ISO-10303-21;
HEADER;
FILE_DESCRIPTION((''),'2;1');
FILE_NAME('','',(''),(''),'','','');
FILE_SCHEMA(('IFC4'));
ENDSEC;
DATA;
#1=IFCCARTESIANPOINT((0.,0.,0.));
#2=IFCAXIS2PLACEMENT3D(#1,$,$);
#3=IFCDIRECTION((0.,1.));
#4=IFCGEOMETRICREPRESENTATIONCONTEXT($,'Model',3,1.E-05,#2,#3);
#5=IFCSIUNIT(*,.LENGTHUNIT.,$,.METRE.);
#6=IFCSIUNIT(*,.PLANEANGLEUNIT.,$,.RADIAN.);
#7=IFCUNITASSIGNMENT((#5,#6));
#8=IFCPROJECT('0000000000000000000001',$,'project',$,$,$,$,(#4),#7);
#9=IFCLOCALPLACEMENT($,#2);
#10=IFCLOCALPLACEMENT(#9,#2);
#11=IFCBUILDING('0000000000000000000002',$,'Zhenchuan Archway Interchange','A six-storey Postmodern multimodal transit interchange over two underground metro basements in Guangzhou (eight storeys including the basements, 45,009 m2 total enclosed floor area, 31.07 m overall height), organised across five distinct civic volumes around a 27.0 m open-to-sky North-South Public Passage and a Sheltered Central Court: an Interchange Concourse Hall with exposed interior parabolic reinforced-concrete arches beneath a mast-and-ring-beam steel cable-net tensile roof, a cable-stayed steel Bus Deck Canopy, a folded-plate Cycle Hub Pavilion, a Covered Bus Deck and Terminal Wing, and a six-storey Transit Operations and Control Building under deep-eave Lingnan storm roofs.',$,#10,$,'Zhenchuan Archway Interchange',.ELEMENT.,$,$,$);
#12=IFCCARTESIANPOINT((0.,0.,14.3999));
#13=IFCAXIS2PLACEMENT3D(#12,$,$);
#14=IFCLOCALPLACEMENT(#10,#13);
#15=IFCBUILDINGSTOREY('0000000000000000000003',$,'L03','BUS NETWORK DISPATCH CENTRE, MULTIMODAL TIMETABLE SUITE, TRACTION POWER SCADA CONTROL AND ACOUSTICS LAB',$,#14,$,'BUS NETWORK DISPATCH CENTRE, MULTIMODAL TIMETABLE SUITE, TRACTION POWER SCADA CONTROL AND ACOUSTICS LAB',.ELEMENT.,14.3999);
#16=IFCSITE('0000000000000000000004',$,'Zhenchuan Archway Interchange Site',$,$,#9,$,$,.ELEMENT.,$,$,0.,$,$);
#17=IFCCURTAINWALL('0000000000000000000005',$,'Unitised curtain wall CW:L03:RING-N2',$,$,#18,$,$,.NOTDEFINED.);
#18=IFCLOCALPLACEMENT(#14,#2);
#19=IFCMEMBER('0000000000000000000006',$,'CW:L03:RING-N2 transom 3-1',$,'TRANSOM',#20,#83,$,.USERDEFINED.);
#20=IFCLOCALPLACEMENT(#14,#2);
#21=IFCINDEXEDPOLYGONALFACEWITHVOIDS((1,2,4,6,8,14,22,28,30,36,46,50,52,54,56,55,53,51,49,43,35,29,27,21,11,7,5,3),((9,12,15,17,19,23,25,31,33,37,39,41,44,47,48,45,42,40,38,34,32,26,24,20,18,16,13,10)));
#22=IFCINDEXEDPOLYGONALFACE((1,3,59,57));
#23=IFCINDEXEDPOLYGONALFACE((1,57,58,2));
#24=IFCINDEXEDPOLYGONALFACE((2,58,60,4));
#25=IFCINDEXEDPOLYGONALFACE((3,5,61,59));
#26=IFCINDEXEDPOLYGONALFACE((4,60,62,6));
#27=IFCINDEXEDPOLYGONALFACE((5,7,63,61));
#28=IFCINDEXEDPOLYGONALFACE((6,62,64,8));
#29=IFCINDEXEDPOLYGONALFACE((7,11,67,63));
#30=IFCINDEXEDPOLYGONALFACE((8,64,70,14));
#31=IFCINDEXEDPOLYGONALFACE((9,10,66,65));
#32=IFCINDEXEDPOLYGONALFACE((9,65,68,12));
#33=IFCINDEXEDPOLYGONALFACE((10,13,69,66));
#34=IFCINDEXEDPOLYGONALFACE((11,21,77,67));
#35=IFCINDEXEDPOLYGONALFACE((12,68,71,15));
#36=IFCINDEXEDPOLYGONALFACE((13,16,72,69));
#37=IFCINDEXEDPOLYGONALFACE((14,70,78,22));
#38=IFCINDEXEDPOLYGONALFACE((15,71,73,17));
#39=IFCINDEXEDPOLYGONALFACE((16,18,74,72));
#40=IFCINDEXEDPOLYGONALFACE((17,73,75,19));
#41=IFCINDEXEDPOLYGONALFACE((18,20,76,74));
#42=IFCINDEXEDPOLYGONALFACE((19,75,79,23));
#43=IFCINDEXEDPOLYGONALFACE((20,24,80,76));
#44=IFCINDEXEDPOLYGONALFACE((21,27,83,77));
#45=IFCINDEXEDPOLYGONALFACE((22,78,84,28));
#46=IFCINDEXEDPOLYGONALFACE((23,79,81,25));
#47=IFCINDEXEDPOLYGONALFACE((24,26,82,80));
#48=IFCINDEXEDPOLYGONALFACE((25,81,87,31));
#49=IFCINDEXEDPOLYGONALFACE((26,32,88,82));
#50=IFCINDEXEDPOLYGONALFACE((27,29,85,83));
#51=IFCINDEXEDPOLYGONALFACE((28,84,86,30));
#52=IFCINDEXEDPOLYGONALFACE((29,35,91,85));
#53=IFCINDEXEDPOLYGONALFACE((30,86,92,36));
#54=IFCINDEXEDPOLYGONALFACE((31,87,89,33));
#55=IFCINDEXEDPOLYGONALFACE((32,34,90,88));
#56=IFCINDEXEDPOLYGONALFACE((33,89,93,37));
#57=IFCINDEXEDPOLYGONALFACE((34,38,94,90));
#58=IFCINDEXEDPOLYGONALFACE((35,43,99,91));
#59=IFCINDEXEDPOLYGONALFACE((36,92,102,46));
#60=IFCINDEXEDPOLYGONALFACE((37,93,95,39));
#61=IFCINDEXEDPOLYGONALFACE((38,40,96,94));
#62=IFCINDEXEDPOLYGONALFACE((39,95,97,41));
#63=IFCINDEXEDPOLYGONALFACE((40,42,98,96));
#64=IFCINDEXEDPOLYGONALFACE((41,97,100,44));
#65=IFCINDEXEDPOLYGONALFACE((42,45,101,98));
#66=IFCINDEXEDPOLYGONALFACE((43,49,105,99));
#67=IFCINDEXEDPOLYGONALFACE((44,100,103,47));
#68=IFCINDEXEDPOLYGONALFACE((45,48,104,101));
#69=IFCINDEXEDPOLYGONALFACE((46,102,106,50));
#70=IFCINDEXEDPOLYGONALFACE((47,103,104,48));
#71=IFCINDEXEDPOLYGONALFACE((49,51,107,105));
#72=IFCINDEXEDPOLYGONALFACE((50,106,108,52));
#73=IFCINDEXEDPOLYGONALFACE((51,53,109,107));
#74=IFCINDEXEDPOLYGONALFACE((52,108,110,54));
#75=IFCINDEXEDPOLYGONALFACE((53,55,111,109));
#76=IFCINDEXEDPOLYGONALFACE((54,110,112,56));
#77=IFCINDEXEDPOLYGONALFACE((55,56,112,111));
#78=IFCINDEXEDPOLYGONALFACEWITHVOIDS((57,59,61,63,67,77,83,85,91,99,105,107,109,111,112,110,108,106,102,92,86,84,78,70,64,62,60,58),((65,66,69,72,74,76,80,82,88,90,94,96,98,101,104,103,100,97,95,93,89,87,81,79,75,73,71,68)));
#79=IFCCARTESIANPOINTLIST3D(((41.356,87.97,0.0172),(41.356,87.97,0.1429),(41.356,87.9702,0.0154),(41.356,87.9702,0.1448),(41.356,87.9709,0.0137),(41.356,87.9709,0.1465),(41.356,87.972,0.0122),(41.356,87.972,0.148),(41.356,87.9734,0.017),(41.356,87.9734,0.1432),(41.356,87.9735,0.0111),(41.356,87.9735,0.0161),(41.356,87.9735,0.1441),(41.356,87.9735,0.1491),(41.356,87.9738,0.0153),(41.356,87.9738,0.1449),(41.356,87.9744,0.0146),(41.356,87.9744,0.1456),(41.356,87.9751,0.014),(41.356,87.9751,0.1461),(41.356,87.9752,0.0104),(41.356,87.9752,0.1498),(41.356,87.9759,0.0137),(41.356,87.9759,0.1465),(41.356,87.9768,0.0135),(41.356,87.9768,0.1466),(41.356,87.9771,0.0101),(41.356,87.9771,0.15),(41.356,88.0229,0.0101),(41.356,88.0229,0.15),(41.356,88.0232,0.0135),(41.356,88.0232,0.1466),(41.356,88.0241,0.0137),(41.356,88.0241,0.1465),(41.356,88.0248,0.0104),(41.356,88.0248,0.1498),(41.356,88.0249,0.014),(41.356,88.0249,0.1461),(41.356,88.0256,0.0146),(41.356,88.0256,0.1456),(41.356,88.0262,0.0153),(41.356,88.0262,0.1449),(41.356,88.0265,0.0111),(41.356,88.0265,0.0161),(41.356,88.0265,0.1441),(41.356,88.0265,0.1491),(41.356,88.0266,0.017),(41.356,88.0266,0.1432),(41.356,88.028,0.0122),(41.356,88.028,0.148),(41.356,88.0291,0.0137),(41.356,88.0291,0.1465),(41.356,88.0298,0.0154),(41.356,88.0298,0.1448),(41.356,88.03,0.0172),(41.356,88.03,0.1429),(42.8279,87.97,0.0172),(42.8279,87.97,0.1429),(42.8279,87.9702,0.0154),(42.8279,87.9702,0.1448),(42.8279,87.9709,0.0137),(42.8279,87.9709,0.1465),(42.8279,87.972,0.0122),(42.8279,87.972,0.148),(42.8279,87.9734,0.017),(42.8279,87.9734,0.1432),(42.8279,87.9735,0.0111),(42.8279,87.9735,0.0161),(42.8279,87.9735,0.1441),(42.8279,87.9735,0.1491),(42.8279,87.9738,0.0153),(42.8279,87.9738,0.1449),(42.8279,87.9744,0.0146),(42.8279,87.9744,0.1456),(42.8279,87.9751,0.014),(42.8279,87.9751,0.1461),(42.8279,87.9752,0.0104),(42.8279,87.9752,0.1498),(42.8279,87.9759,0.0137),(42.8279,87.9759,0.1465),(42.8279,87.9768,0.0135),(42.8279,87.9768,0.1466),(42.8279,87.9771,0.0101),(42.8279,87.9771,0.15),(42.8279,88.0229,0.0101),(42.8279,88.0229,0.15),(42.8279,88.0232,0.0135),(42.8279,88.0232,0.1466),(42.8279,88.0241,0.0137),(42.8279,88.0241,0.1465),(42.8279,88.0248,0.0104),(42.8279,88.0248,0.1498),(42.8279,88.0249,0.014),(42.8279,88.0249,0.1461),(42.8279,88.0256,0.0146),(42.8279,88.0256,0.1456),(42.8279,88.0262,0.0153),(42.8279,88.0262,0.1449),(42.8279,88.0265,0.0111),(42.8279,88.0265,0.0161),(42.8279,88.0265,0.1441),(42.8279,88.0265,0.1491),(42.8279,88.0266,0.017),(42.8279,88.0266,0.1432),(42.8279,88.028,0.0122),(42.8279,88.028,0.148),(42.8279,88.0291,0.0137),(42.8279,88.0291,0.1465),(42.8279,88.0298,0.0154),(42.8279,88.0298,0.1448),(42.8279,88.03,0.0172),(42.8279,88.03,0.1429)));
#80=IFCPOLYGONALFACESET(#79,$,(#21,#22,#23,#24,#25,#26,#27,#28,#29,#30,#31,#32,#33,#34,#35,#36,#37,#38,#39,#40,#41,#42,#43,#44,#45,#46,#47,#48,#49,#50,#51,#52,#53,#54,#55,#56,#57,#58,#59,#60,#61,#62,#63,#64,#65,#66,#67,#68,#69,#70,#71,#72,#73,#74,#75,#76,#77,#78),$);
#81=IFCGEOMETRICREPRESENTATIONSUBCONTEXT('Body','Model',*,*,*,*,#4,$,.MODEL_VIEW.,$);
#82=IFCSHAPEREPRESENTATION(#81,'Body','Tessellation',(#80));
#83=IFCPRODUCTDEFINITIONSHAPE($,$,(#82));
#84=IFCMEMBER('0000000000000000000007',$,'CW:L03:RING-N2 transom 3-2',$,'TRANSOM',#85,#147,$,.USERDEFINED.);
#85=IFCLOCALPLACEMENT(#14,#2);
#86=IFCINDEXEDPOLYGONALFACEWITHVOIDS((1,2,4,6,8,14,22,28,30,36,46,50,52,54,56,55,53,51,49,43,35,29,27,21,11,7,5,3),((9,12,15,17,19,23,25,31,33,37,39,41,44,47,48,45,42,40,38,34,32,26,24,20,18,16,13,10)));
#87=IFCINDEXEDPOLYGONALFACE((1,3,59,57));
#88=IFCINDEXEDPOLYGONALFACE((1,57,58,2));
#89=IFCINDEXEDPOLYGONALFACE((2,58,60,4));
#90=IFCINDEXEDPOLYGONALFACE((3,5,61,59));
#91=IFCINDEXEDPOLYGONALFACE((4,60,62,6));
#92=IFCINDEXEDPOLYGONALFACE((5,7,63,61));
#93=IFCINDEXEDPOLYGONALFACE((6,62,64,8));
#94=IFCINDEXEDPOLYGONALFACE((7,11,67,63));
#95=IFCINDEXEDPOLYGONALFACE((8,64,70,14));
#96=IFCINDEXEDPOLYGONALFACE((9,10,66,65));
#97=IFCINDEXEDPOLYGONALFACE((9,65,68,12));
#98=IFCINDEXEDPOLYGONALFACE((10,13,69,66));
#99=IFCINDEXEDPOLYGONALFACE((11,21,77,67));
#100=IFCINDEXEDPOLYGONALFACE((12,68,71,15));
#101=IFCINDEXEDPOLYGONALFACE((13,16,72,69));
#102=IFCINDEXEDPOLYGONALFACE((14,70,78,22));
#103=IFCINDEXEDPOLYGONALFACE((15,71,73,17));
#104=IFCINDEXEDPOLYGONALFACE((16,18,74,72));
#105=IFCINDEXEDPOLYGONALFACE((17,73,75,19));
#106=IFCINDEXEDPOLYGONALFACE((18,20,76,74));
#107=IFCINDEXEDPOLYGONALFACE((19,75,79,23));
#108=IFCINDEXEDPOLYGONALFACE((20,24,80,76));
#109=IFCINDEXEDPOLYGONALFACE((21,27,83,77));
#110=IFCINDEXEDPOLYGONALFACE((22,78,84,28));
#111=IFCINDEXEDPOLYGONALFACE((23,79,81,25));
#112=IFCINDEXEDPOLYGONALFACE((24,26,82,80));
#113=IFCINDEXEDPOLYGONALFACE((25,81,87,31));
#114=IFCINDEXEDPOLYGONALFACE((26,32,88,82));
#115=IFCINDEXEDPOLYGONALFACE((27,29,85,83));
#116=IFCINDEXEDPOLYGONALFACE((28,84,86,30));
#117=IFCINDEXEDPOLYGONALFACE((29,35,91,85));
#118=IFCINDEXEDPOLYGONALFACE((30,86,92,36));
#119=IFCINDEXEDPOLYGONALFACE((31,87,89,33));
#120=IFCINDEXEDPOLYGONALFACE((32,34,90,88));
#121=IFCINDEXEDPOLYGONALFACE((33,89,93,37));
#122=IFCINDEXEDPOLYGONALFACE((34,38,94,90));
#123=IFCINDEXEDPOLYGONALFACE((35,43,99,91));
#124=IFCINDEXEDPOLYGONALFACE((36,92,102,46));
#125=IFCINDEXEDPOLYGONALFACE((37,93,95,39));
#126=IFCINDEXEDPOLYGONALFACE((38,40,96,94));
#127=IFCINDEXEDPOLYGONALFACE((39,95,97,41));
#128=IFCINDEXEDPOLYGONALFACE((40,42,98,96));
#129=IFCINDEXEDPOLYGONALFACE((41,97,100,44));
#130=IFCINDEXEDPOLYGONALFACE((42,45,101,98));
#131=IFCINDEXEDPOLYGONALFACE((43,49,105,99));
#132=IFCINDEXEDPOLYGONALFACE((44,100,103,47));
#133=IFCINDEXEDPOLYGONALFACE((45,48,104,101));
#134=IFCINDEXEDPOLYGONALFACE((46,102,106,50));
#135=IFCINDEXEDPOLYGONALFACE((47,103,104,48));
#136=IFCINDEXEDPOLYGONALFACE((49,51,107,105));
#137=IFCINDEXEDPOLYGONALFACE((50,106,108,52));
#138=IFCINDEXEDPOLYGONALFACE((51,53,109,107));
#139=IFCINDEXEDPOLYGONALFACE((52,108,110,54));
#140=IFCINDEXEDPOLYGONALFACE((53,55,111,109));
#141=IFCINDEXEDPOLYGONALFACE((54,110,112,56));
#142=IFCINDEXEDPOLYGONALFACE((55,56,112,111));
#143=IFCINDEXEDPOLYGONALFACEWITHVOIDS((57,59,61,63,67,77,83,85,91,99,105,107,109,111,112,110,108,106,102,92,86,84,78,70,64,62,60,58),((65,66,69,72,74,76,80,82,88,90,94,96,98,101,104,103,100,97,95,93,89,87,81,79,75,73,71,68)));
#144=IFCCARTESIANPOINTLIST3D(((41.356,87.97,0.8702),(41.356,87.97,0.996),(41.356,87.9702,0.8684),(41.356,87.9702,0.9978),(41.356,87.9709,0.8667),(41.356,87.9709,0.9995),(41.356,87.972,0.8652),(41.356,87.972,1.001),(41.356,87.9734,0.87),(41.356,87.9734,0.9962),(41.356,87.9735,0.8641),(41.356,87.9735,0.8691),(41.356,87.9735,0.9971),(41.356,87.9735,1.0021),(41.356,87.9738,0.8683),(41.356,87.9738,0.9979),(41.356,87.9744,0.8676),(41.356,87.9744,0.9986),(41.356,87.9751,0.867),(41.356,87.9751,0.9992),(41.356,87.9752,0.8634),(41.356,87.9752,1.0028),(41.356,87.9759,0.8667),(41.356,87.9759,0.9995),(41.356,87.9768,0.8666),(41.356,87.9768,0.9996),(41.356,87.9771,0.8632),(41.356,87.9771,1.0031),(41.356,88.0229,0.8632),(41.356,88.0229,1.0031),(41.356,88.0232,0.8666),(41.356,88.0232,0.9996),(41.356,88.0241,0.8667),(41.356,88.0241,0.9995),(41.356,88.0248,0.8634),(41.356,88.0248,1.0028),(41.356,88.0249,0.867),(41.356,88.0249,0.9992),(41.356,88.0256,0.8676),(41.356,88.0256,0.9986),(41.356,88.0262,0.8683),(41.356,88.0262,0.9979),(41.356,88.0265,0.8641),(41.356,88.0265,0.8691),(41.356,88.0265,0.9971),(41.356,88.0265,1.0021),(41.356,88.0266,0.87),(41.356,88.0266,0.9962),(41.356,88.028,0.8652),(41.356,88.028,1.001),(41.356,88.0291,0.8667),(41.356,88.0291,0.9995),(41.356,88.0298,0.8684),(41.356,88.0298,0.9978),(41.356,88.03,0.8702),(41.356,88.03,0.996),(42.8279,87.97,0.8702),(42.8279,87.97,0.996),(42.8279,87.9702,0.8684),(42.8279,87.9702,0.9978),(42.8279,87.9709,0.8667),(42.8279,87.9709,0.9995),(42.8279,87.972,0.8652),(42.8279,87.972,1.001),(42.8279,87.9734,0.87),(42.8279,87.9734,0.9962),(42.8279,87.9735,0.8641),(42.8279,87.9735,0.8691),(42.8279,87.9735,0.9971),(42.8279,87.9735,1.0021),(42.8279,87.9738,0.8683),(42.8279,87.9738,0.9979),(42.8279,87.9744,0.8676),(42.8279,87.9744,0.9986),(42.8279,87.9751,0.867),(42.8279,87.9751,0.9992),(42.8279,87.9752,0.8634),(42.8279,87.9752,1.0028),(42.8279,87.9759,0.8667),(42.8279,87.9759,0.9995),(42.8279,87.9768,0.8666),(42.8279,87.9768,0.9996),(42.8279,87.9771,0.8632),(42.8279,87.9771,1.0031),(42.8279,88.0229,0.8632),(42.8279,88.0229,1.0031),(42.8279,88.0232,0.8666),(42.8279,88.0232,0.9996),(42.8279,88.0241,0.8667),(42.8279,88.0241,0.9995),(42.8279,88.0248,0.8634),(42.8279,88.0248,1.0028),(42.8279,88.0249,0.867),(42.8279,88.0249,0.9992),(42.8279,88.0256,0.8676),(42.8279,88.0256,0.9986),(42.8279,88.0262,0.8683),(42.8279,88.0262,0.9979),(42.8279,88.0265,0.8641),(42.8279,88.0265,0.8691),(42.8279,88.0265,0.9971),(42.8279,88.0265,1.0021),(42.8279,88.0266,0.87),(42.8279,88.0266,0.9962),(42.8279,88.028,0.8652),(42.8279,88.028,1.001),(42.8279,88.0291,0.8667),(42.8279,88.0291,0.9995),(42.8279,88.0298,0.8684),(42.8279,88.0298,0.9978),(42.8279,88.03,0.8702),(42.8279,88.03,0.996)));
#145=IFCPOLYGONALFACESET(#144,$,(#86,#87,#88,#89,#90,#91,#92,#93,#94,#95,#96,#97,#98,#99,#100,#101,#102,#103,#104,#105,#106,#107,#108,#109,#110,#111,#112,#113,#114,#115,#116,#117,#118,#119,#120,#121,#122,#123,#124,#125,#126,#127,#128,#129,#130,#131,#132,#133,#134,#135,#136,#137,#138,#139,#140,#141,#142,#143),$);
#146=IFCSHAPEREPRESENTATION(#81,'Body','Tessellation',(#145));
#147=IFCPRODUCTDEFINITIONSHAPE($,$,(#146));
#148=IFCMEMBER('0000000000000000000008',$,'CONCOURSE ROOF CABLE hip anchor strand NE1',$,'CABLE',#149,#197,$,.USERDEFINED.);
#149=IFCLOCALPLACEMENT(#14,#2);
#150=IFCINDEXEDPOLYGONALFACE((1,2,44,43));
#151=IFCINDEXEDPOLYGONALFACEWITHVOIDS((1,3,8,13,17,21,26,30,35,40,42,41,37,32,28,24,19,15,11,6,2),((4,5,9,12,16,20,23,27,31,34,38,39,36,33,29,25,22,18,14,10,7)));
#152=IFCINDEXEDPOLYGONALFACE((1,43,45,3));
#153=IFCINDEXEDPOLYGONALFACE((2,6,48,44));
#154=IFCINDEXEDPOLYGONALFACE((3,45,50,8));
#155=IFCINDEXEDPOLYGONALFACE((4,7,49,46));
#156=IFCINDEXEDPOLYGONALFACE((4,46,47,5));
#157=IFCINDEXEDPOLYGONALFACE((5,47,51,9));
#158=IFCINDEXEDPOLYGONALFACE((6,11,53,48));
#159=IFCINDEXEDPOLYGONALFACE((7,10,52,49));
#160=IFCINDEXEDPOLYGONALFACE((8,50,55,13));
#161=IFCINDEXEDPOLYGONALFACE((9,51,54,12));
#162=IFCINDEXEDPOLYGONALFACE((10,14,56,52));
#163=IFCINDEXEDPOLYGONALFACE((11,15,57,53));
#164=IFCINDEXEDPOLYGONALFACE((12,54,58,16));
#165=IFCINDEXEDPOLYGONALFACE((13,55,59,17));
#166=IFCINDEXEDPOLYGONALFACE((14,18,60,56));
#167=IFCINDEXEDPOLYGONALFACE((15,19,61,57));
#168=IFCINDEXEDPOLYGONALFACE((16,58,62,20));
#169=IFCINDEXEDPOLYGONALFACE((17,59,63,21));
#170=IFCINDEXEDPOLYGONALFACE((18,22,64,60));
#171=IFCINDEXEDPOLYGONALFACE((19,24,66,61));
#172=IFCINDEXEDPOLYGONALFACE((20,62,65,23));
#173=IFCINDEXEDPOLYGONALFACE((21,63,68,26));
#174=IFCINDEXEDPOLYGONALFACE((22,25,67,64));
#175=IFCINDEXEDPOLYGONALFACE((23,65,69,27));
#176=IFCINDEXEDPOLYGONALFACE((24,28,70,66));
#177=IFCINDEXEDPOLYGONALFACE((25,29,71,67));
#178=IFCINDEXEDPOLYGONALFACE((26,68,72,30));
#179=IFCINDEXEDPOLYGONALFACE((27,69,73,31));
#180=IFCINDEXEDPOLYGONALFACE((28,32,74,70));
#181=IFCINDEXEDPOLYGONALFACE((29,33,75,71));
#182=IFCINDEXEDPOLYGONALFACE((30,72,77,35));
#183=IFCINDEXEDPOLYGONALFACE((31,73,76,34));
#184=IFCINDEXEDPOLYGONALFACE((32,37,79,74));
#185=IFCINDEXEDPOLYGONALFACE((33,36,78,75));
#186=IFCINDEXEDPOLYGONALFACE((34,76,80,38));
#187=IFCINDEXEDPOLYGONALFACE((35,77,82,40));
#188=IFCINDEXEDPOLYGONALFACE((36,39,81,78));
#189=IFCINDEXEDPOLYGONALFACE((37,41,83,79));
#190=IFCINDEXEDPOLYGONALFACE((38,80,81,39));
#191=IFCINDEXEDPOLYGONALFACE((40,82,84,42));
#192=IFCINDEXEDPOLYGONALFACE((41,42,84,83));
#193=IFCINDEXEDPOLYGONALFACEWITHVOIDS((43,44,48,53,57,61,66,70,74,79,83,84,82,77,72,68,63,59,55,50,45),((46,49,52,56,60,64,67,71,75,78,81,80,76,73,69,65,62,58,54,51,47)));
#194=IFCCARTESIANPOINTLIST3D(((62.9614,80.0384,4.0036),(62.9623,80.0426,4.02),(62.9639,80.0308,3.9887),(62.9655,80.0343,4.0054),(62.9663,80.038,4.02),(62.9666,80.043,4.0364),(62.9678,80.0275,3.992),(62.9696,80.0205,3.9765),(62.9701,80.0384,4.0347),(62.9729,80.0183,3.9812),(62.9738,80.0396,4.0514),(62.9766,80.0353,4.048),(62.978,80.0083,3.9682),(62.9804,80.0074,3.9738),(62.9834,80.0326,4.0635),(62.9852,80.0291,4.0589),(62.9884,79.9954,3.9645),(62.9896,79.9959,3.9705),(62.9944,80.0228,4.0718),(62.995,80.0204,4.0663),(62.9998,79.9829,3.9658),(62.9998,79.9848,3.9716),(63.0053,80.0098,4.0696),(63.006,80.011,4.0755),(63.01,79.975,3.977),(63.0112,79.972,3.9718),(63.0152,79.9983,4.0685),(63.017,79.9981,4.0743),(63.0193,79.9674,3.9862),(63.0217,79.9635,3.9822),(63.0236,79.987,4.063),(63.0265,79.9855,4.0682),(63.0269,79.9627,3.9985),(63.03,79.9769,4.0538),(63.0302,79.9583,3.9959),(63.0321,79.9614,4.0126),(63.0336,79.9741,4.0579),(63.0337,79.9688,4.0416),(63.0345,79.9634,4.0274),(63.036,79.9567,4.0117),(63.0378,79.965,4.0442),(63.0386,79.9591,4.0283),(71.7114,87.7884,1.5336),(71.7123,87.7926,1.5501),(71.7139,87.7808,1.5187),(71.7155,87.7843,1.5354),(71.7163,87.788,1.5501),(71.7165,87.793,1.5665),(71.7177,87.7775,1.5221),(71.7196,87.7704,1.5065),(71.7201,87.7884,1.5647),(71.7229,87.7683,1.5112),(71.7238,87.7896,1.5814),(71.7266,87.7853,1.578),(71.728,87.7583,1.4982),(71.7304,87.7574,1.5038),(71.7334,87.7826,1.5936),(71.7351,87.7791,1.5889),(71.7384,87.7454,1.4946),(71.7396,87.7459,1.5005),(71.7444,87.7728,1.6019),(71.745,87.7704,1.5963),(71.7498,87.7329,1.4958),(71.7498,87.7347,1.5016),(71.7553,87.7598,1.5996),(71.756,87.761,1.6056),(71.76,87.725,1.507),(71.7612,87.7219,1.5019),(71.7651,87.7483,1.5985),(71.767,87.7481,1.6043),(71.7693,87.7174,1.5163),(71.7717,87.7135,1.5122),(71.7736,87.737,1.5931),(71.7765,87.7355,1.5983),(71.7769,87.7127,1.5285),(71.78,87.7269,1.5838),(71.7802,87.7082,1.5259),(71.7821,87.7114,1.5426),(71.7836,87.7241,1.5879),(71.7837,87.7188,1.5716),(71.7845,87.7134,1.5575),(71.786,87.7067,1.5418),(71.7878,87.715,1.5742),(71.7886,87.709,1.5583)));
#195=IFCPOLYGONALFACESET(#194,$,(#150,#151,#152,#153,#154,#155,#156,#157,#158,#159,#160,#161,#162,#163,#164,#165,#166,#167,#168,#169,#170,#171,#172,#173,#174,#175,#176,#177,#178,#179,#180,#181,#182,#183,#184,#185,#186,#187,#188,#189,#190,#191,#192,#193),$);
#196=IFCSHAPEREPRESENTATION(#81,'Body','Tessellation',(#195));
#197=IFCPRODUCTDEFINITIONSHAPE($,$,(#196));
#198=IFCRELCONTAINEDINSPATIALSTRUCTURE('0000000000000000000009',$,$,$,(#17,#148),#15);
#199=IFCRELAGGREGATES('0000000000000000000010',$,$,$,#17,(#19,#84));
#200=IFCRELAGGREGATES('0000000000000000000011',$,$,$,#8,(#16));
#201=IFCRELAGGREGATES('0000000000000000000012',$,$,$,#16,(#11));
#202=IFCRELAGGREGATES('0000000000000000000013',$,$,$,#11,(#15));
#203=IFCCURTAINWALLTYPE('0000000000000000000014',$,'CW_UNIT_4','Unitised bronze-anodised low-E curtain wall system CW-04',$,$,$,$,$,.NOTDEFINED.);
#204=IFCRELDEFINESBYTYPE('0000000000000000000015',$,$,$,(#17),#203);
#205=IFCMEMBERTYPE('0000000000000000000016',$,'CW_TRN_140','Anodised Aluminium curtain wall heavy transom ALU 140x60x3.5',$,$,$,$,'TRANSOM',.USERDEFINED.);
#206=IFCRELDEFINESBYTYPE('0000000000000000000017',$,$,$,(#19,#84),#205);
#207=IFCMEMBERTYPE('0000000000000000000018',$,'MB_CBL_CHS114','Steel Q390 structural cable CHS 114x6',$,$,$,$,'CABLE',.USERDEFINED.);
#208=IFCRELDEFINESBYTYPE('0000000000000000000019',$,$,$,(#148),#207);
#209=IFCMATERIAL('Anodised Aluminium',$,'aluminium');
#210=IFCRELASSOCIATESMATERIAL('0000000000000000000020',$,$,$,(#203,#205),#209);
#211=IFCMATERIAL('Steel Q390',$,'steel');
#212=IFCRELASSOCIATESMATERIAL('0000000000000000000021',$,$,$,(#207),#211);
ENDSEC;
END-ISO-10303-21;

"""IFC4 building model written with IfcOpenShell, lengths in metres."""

from ifc_helpers import new_model, si_unit, direction, frame, origin, origin_2d, place, context, subcontext, project, spatial, hollow_rectangle, hollow_circle, extrude, material, material_profile, profile_set, type_object, element, aggregate, save


model = new_model("IFC4")

# Units and contexts
model_context = context("Model", 3, precision=1e-05, world=origin(), true_north=direction((0.0, 1.0)))
body_context = subcontext(model_context, "Body", "Model", "MODEL_VIEW")
ifc_project = project(units=[si_unit("LENGTHUNIT", "METRE"), si_unit("PLANEANGLEUNIT", "RADIAN")], contexts=[model_context])

# Site, building, storey
site_placement = place(None, origin())
site = spatial("IfcSite", under=ifc_project, at=site_placement, Name="Zhenchuan Archway Interchange Site", CompositionType="ELEMENT", RefElevation=0.0)
building_placement = place(site_placement, origin())
building = spatial("IfcBuilding", under=site, at=building_placement, Name="Zhenchuan Archway Interchange", Description="A six-storey Postmodern multimodal transit interchange over two underground metro basements in Guangzhou (eight storeys including the basements, 45,009 m2 total enclosed floor area, 31.07 m overall height), organised across five distinct civic volumes around a 27.0 m open-to-sky North-South Public Passage and a Sheltered Central Court: an Interchange Concourse Hall with exposed interior parabolic reinforced-concrete arches beneath a mast-and-ring-beam steel cable-net tensile roof, a cable-stayed steel Bus Deck Canopy, a folded-plate Cycle Hub Pavilion, a Covered Bus Deck and Terminal Wing, and a six-storey Transit Operations and Control Building under deep-eave Lingnan storm roofs.", LongName="Zhenchuan Archway Interchange", CompositionType="ELEMENT")
storey_placement = place(building_placement, frame((0.0, 0.0, 14.3999)))
storey = spatial("IfcBuildingStorey", under=building, at=storey_placement, Name="L03", Description="BUS NETWORK DISPATCH CENTRE, MULTIMODAL TIMETABLE SUITE, TRACTION POWER SCADA CONTROL AND ACOUSTICS LAB", LongName="BUS NETWORK DISPATCH CENTRE, MULTIMODAL TIMETABLE SUITE, TRACTION POWER SCADA CONTROL AND ACOUSTICS LAB", CompositionType="ELEMENT", Elevation=14.3999)

# Shared definitions
ifc_material_1 = material(Name="Steel Q390", Category="steel")

# Curtain wall, members
ifc_material_2 = material(Name="Anodised Aluminium", Category="aluminium")
curtain_wall_type = type_object("IfcCurtainWallType", Name="CW_UNIT_4", Description="Unitised bronze-anodised low-E curtain wall system CW-04", PredefinedType="NOTDEFINED", material=ifc_material_2)
curtain_wall_placement = place(storey_placement, origin())
curtain_wall = element("IfcCurtainWall", 1, at=curtain_wall_placement, inside=storey, type_object=curtain_wall_type, Name="Unitised curtain wall CW:L03:RING-N2", PredefinedType="NOTDEFINED")
ifc_material_profile_1 = material_profile(ifc_material_2, hollow_rectangle(XDim=0.0601, YDim=0.1399, WallThickness=0.0034, InnerFilletRadius=0.0034, OuterFilletRadius=0.0071, at=origin_2d()), Name="ALU 140x60x3.5")
ifc_profile_set_1 = profile_set([ifc_material_profile_1], Name="Anodised Aluminium")
member_type_1 = type_object("IfcMemberType", Name="CW_TRN_140", Description="Anodised Aluminium curtain wall heavy transom ALU 140x60x3.5", ElementType="TRANSOM", PredefinedType="USERDEFINED", material=ifc_profile_set_1)
member_1_placement = place(storey_placement, frame((41.356, 88.0, 0.0801), z_axis=(1.0, 0.0, 0.0), x_axis=(0.0, 1.0, 0.0)))
member_1 = element("IfcMember", 2, at=member_1_placement, type_object=member_type_1, Name="CW:L03:RING-N2 transom 3-1", ObjectType="TRANSOM", PredefinedType="USERDEFINED", context=body_context, shape_type="SweptSolid", body=[
    extrude(hollow_rectangle(XDim=0.0601, YDim=0.1399, WallThickness=0.0034, InnerFilletRadius=0.0034, OuterFilletRadius=0.0071, at=origin_2d()), origin(), (0.0, 0.0, 1.0), 1.4719),
])
member_2_placement = place(storey_placement, frame((41.356, 88.0, 0.9331), z_axis=(1.0, 0.0, 0.0), x_axis=(0.0, 1.0, 0.0)))
member_2 = element("IfcMember", 3, at=member_2_placement, type_object=member_type_1, Name="CW:L03:RING-N2 transom 3-2", ObjectType="TRANSOM", PredefinedType="USERDEFINED", context=body_context, shape_type="SweptSolid", body=[
    extrude(hollow_rectangle(XDim=0.0601, YDim=0.1399, WallThickness=0.0034, InnerFilletRadius=0.0034, OuterFilletRadius=0.0071, at=origin_2d()), origin(), (0.0, 0.0, 1.0), 1.4719),
])

# Member
ifc_material_profile_2 = material_profile(ifc_material_1, hollow_circle(Radius=0.0569, WallThickness=0.0061, at=origin_2d()), Name="CHS 114x6")
ifc_profile_set_2 = profile_set([ifc_material_profile_2], Name="Steel Q390")
member_type_2 = type_object("IfcMemberType", Name="MB_CBL_CHS114", Description="Steel Q390 structural cable CHS 114x6", ElementType="CABLE", PredefinedType="USERDEFINED", material=ifc_profile_set_2)
member_3_placement = place(storey_placement, frame((63.0, 80.0, 4.02), z_axis=(0.732414, 0.64871, -0.206748), x_axis=(-0.663035, 0.748588, 0.0)))
element("IfcMember", 4, at=member_3_placement, inside=storey, type_object=member_type_2, Name="CONCOURSE ROOF CABLE hip anchor strand NE1", ObjectType="CABLE", PredefinedType="USERDEFINED", context=body_context, shape_type="SweptSolid", body=[
    extrude(hollow_circle(Radius=0.0569, WallThickness=0.0061, at=origin_2d()), origin(), (0.0, 0.0, 1.0), 11.9468),
])

aggregate(curtain_wall, [member_1, member_2])

save(model, "model.ifc")
